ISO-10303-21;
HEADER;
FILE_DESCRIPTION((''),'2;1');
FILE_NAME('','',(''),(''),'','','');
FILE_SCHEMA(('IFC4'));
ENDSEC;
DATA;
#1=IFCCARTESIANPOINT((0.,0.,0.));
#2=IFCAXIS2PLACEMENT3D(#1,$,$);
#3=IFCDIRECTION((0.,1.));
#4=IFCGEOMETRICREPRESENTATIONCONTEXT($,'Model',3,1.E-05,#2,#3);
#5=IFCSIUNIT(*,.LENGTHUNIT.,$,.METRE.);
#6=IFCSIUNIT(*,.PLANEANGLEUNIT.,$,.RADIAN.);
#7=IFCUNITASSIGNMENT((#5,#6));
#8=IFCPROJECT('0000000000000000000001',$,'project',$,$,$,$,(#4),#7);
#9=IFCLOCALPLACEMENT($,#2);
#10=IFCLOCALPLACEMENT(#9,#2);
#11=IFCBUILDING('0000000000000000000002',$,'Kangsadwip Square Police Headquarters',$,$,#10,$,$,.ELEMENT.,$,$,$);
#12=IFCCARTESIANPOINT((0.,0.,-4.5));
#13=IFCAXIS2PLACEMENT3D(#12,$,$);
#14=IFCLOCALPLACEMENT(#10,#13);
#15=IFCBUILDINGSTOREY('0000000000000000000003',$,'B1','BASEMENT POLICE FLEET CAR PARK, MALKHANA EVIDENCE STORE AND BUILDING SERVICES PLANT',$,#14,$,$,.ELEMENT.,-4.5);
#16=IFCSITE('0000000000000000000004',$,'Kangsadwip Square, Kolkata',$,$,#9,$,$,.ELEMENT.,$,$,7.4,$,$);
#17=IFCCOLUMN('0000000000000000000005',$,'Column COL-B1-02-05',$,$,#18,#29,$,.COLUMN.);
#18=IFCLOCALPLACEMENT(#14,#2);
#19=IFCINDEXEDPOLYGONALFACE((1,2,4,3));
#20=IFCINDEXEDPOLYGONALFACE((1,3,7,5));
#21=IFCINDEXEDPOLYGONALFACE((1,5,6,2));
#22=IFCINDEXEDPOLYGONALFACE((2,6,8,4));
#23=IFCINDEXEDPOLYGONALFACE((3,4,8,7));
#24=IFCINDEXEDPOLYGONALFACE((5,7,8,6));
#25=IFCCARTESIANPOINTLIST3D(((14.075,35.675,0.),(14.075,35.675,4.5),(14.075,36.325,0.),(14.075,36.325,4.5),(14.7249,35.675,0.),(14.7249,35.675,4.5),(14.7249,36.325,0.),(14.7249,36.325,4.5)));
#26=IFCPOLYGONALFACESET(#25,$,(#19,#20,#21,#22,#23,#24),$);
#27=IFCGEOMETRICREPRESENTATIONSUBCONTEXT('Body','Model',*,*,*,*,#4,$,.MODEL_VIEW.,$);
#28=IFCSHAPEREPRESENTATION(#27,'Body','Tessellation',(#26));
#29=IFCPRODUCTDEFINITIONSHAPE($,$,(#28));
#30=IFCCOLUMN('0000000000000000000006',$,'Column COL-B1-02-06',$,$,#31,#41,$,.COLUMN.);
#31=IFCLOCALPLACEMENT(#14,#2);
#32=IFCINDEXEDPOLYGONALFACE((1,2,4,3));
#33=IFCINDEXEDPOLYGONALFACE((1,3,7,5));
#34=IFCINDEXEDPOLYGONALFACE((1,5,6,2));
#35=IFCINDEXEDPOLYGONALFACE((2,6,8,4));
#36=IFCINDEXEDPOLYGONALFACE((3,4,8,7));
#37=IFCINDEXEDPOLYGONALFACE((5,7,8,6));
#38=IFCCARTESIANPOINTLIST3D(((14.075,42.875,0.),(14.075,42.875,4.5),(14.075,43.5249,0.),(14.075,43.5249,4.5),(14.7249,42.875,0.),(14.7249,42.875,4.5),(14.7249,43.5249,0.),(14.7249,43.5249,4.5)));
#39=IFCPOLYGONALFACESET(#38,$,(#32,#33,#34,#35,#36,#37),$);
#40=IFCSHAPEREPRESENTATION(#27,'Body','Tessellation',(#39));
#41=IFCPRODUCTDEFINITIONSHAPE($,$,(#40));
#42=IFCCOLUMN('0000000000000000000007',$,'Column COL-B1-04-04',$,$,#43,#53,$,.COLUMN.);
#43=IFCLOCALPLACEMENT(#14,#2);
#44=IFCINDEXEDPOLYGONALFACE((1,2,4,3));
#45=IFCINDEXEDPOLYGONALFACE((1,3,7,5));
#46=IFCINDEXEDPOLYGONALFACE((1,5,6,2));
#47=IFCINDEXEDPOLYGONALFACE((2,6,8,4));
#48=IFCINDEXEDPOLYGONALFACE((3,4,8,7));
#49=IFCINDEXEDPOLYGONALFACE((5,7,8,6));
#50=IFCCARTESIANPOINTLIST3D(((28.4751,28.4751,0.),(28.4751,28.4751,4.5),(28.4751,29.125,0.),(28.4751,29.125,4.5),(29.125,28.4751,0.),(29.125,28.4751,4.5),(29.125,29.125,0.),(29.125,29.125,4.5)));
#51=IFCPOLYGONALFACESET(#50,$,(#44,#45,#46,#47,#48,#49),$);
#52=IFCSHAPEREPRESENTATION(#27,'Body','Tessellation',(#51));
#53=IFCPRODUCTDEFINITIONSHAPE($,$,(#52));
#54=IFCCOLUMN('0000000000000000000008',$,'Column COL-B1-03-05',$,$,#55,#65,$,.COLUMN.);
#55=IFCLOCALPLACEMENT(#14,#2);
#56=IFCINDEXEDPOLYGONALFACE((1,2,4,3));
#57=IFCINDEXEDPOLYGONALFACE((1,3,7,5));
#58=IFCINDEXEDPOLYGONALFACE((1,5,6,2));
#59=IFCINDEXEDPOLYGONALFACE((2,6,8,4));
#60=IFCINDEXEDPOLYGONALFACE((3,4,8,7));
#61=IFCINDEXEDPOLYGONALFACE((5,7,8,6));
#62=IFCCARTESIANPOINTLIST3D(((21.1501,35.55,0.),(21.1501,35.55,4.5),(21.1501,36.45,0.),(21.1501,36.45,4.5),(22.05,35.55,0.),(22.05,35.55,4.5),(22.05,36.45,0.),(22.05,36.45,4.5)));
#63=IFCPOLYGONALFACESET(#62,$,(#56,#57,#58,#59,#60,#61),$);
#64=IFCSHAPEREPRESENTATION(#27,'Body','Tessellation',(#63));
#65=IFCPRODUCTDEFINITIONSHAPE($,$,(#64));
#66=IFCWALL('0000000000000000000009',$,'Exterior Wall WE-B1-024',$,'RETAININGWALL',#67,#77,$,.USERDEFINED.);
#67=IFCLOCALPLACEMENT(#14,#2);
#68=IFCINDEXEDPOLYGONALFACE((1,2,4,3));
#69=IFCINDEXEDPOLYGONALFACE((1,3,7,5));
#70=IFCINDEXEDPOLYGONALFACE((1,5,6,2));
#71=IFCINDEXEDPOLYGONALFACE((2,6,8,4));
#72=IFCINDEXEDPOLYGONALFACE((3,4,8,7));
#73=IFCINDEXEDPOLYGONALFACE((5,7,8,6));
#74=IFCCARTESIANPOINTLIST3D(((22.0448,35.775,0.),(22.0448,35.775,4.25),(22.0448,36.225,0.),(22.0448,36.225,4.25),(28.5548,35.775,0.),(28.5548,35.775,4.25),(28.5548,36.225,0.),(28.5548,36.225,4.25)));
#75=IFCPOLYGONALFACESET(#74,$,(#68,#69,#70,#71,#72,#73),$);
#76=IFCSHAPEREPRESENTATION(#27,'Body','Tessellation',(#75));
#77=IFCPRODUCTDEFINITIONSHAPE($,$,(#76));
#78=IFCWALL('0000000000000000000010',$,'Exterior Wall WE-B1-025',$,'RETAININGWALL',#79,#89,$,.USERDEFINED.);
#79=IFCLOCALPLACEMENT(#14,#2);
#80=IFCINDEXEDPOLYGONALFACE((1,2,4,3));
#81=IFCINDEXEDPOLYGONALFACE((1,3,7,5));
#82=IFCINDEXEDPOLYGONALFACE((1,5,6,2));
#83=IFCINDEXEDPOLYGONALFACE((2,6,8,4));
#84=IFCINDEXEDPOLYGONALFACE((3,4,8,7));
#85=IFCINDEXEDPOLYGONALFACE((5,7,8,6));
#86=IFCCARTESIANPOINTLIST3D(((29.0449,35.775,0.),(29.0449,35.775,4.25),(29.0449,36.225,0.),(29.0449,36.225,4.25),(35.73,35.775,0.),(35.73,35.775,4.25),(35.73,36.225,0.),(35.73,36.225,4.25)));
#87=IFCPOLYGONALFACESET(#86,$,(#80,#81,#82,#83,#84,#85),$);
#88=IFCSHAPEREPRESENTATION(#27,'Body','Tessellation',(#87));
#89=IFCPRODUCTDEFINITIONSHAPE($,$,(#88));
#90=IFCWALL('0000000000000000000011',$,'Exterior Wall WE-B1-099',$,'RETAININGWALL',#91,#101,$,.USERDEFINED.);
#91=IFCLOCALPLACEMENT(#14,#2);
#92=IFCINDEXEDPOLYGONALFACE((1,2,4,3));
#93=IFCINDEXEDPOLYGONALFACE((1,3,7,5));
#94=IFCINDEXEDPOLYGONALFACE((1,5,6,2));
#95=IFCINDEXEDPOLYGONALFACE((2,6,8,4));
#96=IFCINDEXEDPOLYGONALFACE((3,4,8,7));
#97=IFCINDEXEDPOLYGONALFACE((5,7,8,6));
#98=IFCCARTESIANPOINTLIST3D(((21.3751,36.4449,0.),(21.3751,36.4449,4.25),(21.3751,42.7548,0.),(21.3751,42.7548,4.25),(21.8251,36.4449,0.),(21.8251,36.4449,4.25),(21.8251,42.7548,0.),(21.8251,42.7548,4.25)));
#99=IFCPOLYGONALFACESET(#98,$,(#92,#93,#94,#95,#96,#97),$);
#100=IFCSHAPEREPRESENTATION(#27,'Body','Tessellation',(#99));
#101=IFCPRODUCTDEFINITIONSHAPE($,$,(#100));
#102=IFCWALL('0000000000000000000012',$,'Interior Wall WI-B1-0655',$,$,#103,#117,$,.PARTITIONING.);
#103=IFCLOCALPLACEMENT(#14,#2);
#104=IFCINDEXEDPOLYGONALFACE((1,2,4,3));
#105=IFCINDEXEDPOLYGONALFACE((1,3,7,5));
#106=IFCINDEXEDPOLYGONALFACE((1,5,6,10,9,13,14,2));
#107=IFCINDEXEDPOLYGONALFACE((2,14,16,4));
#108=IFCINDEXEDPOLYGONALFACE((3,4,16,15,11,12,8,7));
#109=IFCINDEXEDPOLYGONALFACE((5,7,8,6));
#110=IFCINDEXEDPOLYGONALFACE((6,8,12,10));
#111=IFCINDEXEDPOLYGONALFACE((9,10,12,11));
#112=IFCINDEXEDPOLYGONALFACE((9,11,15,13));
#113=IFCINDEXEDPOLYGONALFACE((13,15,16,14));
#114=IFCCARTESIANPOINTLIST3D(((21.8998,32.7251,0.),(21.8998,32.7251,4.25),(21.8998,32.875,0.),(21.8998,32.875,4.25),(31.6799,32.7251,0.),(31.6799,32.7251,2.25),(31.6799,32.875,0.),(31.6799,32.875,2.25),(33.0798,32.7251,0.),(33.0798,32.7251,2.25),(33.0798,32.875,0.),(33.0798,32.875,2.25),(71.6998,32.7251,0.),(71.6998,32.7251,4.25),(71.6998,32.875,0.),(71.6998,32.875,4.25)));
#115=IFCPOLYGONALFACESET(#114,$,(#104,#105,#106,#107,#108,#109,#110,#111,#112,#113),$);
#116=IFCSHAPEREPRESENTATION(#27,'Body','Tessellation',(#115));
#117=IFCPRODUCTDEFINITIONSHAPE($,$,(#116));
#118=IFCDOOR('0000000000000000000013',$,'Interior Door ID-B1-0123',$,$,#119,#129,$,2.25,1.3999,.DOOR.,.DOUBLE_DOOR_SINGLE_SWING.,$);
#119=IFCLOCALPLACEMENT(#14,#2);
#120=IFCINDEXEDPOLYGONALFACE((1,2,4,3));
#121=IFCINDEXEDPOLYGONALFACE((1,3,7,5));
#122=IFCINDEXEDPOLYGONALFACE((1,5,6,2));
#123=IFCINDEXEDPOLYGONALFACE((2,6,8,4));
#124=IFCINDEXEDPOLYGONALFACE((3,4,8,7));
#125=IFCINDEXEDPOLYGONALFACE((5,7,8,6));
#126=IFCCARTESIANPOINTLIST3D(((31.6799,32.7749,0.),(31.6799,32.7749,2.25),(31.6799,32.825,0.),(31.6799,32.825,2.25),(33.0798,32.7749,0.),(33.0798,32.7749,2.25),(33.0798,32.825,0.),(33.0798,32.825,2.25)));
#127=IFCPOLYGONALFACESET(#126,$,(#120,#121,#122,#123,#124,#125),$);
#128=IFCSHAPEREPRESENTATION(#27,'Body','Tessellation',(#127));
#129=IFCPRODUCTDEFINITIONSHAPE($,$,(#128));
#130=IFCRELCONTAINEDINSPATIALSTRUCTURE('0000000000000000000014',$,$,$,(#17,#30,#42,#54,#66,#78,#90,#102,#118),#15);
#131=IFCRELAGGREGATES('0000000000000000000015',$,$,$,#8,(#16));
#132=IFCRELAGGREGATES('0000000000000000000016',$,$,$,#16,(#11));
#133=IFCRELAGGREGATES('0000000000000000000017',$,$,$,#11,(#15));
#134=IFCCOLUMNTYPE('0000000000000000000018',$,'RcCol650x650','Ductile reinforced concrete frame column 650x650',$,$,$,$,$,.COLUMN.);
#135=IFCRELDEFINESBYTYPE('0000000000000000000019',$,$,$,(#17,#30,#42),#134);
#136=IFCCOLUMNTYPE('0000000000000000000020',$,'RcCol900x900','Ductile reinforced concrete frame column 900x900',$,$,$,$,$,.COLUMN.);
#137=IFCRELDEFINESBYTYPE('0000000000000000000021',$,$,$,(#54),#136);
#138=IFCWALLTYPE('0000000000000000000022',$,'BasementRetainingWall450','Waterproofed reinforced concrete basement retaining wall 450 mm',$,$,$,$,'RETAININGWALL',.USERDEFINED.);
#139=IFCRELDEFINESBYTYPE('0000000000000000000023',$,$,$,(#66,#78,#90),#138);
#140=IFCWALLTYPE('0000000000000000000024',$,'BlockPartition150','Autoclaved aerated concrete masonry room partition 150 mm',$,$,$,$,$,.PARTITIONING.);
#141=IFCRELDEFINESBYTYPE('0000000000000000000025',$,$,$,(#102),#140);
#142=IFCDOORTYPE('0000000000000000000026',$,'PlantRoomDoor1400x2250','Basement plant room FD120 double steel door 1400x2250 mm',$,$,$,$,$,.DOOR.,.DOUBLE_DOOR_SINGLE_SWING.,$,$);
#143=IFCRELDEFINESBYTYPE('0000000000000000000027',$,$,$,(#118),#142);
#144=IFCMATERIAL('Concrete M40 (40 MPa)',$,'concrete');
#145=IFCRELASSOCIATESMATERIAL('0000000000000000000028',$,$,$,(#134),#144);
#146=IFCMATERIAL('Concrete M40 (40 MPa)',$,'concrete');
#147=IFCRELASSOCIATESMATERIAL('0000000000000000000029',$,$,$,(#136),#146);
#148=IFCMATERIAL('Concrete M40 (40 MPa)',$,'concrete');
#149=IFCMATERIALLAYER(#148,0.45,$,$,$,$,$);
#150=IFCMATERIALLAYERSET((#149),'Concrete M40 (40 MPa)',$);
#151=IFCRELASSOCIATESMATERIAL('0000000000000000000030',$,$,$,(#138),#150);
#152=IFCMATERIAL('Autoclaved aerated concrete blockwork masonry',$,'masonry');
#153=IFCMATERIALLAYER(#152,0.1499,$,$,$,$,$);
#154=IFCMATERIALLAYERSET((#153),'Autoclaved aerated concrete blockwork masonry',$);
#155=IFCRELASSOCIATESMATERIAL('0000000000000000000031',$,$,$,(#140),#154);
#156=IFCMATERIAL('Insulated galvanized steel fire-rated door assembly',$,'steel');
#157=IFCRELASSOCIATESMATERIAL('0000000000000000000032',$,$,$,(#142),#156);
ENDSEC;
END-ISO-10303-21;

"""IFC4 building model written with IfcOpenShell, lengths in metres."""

from ifc_helpers import new_model, si_unit, direction, frame, frame_2d, origin, origin_2d, place, context, subcontext, project, spatial, rectangle, extrude, material, layer, layer_set, material_profile, profile_set, type_object, element, fill, save


model = new_model("IFC4")

# Units and contexts
model_context = context("Model", 3, precision=1e-05, world=origin(), true_north=direction((0.0, 1.0)))
body_context = subcontext(model_context, "Body", "Model", "MODEL_VIEW")
ifc_project = project(units=[si_unit("LENGTHUNIT", "METRE"), si_unit("PLANEANGLEUNIT", "RADIAN")], contexts=[model_context])

# Site, building, storey
site_placement = place(None, origin())
site = spatial("IfcSite", under=ifc_project, at=site_placement, Name="Kangsadwip Square, Kolkata", CompositionType="ELEMENT", RefElevation=7.4)
building_placement = place(site_placement, origin())
building = spatial("IfcBuilding", under=site, at=building_placement, Name="Kangsadwip Square Police Headquarters", CompositionType="ELEMENT")
storey_placement = place(building_placement, frame((0.0, 0.0, -4.5)))
storey = spatial("IfcBuildingStorey", under=building, at=storey_placement, Name="B1", Description="BASEMENT POLICE FLEET CAR PARK, MALKHANA EVIDENCE STORE AND BUILDING SERVICES PLANT", CompositionType="ELEMENT", Elevation=-4.5)

# Columns
ifc_material_1 = material(Name="Concrete M40 (40 MPa)", Category="concrete")
ifc_material_profile_1 = material_profile(ifc_material_1, rectangle(XDim=0.6499, YDim=0.6499, at=origin_2d()), Name="RC COL 650X650")
ifc_profile_set_1 = profile_set([ifc_material_profile_1], Name="Concrete M40 (40 MPa)")
column_type_1 = type_object("IfcColumnType", Name="RcCol650x650", Description="Ductile reinforced concrete frame column 650x650", PredefinedType="COLUMN", material=ifc_profile_set_1)
for number, where, z_axis, x_axis, name in (
    (1, (14.3999, 36.0, 0.0), (0.0, 0.0, 1.0), (1.0, 0.0, 0.0), "Column COL-B1-02-05"),
    (2, (14.3999, 43.2, 0.0), (0.0, 0.0, 1.0), (1.0, 0.0, 0.0), "Column COL-B1-02-06"),
    (3, (28.8, 28.8, 0.0), (0.0, 0.0, 1.0), (1.0, 0.0, 0.0), "Column COL-B1-04-04"),
):
    element("IfcColumn", number, at=place(storey_placement, frame(where, z_axis=z_axis, x_axis=x_axis)), inside=storey, type_object=column_type_1, Name=name, PredefinedType="COLUMN", context=body_context, shape_type="SweptSolid", body=[
        extrude(rectangle(XDim=0.6499, YDim=0.6499, at=origin_2d()), origin(), (0.0, 0.0, 1.0), 4.5),
    ])
ifc_material_2 = material(Name="Concrete M40 (40 MPa)", Category="concrete")
ifc_material_profile_2 = material_profile(ifc_material_2, rectangle(XDim=0.8999, YDim=0.8999, at=origin_2d()), Name="RC COL 900X900")
ifc_profile_set_2 = profile_set([ifc_material_profile_2], Name="Concrete M40 (40 MPa)")
column_type_2 = type_object("IfcColumnType", Name="RcCol900x900", Description="Ductile reinforced concrete frame column 900x900", PredefinedType="COLUMN", material=ifc_profile_set_2)
column_1_placement = place(storey_placement, frame((21.6001, 36.0, 0.0), z_axis=(0.0, 0.0, 1.0), x_axis=(1.0, 0.0, 0.0)))
element("IfcColumn", 4, at=column_1_placement, inside=storey, type_object=column_type_2, Name="Column COL-B1-03-05", PredefinedType="COLUMN", context=body_context, shape_type="SweptSolid", body=[
    extrude(rectangle(XDim=0.8999, YDim=0.8999, at=origin_2d()), origin(), (0.0, 0.0, 1.0), 4.5),
])

# Walls
ifc_material_3 = material(Name="Concrete M40 (40 MPa)", Category="concrete")
ifc_layer_1 = layer(ifc_material_3, 0.45)
ifc_layer_set_1 = layer_set([ifc_layer_1], Name="Concrete M40 (40 MPa)")
wall_type_1 = type_object("IfcWallType", Name="BasementRetainingWall450", Description="Waterproofed reinforced concrete basement retaining wall 450 mm", ElementType="RETAININGWALL", PredefinedType="USERDEFINED", material=ifc_layer_set_1)
wall_1_placement = place(storey_placement, frame((22.0449, 36.0, 0.0), z_axis=(0.0, 0.0, 1.0), x_axis=(1.0, 0.0, 0.0)))
element("IfcWall", 5, at=wall_1_placement, inside=storey, type_object=wall_type_1, Name="Exterior Wall WE-B1-024", ObjectType="RETAININGWALL", PredefinedType="USERDEFINED", context=body_context, shape_type="SweptSolid", body=[
    extrude(rectangle(XDim=6.51, YDim=0.45, at=frame_2d((3.2549, 0.0))), origin(), (0.0, 0.0, 1.0), 4.25),
])
wall_2_placement = place(storey_placement, frame((29.0449, 36.0, 0.0), z_axis=(0.0, 0.0, 1.0), x_axis=(1.0, 0.0, 0.0)))
element("IfcWall", 6, at=wall_2_placement, inside=storey, type_object=wall_type_1, Name="Exterior Wall WE-B1-025", ObjectType="RETAININGWALL", PredefinedType="USERDEFINED", context=body_context, shape_type="SweptSolid", body=[
    extrude(rectangle(XDim=6.6851, YDim=0.45, at=frame_2d((3.3425, 0.0))), origin(), (0.0, 0.0, 1.0), 4.25),
])
wall_3_placement = place(storey_placement, frame((21.6001, 36.4451, 0.0), z_axis=(0.0, 0.0, 1.0), x_axis=(0.0, 1.0, 0.0)))
element("IfcWall", 7, at=wall_3_placement, inside=storey, type_object=wall_type_1, Name="Exterior Wall WE-B1-099", ObjectType="RETAININGWALL", PredefinedType="USERDEFINED", context=body_context, shape_type="SweptSolid", body=[
    extrude(rectangle(XDim=6.3098, YDim=0.45, at=frame_2d((3.1548, 0.0))), origin(), (0.0, 0.0, 1.0), 4.25),
])

# Wall, opening, door
ifc_material_4 = material(Name="Autoclaved aerated concrete blockwork masonry", Category="masonry")
ifc_layer_2 = layer(ifc_material_4, 0.1499)
ifc_layer_set_2 = layer_set([ifc_layer_2], Name="Autoclaved aerated concrete blockwork masonry")
wall_type_2 = type_object("IfcWallType", Name="BlockPartition150", Description="Autoclaved aerated concrete masonry room partition 150 mm", PredefinedType="PARTITIONING", material=ifc_layer_set_2)
wall_4_placement = place(storey_placement, frame((21.8999, 32.8, 0.0), z_axis=(0.0, 0.0, 1.0), x_axis=(1.0, 0.0, 0.0)))
wall_4 = element("IfcWall", 8, at=wall_4_placement, inside=storey, type_object=wall_type_2, Name="Interior Wall WI-B1-0655", PredefinedType="PARTITIONING", context=body_context, shape_type="SweptSolid", body=[
    extrude(rectangle(XDim=49.8, YDim=0.1499, at=frame_2d((24.8999, 0.0))), origin(), (0.0, 0.0, 1.0), 4.25),
])
opening_placement = place(wall_4_placement, frame((9.78, 0.0, 0.0)))
opening = element("IfcOpeningElement", 9, at=opening_placement, cuts=wall_4, PredefinedType="OPENING", context=body_context, shape_type="SweptSolid", body=[
    extrude(rectangle(XDim=1.3999, YDim=2.25, at=frame_2d((0.7, 1.125))), frame((0.0, 0.085, 0.0), z_axis=(0.0, -1.0, 0.0), x_axis=(1.0, 0.0, 0.0)), (0.0, 0.0, 1.0), 0.1699),
])
ifc_material_5 = material(Name="Insulated galvanized steel fire-rated door assembly", Category="steel")
door_type = type_object("IfcDoorType", Name="PlantRoomDoor1400x2250", Description="Basement plant room FD120 double steel door 1400x2250 mm", OperationType="DOUBLE_DOOR_SINGLE_SWING", PredefinedType="DOOR", material=ifc_material_5)
door_placement = place(opening_placement, origin())
door = element("IfcDoor", 10, at=door_placement, inside=storey, type_object=door_type, Name="Interior Door ID-B1-0123", OperationType="DOUBLE_DOOR_SINGLE_SWING", OverallHeight=2.25, OverallWidth=1.3999, PredefinedType="DOOR", context=body_context, shape_type="SweptSolid", body=[
    extrude(rectangle(XDim=1.3999, YDim=2.25, at=frame_2d((0.7, 1.125))), frame((0.0, 0.0249, 0.0), z_axis=(0.0, -1.0, 0.0), x_axis=(1.0, 0.0, 0.0)), (0.0, 0.0, 1.0), 0.05),
])
fill(opening, door)

save(model, "model.ifc")
